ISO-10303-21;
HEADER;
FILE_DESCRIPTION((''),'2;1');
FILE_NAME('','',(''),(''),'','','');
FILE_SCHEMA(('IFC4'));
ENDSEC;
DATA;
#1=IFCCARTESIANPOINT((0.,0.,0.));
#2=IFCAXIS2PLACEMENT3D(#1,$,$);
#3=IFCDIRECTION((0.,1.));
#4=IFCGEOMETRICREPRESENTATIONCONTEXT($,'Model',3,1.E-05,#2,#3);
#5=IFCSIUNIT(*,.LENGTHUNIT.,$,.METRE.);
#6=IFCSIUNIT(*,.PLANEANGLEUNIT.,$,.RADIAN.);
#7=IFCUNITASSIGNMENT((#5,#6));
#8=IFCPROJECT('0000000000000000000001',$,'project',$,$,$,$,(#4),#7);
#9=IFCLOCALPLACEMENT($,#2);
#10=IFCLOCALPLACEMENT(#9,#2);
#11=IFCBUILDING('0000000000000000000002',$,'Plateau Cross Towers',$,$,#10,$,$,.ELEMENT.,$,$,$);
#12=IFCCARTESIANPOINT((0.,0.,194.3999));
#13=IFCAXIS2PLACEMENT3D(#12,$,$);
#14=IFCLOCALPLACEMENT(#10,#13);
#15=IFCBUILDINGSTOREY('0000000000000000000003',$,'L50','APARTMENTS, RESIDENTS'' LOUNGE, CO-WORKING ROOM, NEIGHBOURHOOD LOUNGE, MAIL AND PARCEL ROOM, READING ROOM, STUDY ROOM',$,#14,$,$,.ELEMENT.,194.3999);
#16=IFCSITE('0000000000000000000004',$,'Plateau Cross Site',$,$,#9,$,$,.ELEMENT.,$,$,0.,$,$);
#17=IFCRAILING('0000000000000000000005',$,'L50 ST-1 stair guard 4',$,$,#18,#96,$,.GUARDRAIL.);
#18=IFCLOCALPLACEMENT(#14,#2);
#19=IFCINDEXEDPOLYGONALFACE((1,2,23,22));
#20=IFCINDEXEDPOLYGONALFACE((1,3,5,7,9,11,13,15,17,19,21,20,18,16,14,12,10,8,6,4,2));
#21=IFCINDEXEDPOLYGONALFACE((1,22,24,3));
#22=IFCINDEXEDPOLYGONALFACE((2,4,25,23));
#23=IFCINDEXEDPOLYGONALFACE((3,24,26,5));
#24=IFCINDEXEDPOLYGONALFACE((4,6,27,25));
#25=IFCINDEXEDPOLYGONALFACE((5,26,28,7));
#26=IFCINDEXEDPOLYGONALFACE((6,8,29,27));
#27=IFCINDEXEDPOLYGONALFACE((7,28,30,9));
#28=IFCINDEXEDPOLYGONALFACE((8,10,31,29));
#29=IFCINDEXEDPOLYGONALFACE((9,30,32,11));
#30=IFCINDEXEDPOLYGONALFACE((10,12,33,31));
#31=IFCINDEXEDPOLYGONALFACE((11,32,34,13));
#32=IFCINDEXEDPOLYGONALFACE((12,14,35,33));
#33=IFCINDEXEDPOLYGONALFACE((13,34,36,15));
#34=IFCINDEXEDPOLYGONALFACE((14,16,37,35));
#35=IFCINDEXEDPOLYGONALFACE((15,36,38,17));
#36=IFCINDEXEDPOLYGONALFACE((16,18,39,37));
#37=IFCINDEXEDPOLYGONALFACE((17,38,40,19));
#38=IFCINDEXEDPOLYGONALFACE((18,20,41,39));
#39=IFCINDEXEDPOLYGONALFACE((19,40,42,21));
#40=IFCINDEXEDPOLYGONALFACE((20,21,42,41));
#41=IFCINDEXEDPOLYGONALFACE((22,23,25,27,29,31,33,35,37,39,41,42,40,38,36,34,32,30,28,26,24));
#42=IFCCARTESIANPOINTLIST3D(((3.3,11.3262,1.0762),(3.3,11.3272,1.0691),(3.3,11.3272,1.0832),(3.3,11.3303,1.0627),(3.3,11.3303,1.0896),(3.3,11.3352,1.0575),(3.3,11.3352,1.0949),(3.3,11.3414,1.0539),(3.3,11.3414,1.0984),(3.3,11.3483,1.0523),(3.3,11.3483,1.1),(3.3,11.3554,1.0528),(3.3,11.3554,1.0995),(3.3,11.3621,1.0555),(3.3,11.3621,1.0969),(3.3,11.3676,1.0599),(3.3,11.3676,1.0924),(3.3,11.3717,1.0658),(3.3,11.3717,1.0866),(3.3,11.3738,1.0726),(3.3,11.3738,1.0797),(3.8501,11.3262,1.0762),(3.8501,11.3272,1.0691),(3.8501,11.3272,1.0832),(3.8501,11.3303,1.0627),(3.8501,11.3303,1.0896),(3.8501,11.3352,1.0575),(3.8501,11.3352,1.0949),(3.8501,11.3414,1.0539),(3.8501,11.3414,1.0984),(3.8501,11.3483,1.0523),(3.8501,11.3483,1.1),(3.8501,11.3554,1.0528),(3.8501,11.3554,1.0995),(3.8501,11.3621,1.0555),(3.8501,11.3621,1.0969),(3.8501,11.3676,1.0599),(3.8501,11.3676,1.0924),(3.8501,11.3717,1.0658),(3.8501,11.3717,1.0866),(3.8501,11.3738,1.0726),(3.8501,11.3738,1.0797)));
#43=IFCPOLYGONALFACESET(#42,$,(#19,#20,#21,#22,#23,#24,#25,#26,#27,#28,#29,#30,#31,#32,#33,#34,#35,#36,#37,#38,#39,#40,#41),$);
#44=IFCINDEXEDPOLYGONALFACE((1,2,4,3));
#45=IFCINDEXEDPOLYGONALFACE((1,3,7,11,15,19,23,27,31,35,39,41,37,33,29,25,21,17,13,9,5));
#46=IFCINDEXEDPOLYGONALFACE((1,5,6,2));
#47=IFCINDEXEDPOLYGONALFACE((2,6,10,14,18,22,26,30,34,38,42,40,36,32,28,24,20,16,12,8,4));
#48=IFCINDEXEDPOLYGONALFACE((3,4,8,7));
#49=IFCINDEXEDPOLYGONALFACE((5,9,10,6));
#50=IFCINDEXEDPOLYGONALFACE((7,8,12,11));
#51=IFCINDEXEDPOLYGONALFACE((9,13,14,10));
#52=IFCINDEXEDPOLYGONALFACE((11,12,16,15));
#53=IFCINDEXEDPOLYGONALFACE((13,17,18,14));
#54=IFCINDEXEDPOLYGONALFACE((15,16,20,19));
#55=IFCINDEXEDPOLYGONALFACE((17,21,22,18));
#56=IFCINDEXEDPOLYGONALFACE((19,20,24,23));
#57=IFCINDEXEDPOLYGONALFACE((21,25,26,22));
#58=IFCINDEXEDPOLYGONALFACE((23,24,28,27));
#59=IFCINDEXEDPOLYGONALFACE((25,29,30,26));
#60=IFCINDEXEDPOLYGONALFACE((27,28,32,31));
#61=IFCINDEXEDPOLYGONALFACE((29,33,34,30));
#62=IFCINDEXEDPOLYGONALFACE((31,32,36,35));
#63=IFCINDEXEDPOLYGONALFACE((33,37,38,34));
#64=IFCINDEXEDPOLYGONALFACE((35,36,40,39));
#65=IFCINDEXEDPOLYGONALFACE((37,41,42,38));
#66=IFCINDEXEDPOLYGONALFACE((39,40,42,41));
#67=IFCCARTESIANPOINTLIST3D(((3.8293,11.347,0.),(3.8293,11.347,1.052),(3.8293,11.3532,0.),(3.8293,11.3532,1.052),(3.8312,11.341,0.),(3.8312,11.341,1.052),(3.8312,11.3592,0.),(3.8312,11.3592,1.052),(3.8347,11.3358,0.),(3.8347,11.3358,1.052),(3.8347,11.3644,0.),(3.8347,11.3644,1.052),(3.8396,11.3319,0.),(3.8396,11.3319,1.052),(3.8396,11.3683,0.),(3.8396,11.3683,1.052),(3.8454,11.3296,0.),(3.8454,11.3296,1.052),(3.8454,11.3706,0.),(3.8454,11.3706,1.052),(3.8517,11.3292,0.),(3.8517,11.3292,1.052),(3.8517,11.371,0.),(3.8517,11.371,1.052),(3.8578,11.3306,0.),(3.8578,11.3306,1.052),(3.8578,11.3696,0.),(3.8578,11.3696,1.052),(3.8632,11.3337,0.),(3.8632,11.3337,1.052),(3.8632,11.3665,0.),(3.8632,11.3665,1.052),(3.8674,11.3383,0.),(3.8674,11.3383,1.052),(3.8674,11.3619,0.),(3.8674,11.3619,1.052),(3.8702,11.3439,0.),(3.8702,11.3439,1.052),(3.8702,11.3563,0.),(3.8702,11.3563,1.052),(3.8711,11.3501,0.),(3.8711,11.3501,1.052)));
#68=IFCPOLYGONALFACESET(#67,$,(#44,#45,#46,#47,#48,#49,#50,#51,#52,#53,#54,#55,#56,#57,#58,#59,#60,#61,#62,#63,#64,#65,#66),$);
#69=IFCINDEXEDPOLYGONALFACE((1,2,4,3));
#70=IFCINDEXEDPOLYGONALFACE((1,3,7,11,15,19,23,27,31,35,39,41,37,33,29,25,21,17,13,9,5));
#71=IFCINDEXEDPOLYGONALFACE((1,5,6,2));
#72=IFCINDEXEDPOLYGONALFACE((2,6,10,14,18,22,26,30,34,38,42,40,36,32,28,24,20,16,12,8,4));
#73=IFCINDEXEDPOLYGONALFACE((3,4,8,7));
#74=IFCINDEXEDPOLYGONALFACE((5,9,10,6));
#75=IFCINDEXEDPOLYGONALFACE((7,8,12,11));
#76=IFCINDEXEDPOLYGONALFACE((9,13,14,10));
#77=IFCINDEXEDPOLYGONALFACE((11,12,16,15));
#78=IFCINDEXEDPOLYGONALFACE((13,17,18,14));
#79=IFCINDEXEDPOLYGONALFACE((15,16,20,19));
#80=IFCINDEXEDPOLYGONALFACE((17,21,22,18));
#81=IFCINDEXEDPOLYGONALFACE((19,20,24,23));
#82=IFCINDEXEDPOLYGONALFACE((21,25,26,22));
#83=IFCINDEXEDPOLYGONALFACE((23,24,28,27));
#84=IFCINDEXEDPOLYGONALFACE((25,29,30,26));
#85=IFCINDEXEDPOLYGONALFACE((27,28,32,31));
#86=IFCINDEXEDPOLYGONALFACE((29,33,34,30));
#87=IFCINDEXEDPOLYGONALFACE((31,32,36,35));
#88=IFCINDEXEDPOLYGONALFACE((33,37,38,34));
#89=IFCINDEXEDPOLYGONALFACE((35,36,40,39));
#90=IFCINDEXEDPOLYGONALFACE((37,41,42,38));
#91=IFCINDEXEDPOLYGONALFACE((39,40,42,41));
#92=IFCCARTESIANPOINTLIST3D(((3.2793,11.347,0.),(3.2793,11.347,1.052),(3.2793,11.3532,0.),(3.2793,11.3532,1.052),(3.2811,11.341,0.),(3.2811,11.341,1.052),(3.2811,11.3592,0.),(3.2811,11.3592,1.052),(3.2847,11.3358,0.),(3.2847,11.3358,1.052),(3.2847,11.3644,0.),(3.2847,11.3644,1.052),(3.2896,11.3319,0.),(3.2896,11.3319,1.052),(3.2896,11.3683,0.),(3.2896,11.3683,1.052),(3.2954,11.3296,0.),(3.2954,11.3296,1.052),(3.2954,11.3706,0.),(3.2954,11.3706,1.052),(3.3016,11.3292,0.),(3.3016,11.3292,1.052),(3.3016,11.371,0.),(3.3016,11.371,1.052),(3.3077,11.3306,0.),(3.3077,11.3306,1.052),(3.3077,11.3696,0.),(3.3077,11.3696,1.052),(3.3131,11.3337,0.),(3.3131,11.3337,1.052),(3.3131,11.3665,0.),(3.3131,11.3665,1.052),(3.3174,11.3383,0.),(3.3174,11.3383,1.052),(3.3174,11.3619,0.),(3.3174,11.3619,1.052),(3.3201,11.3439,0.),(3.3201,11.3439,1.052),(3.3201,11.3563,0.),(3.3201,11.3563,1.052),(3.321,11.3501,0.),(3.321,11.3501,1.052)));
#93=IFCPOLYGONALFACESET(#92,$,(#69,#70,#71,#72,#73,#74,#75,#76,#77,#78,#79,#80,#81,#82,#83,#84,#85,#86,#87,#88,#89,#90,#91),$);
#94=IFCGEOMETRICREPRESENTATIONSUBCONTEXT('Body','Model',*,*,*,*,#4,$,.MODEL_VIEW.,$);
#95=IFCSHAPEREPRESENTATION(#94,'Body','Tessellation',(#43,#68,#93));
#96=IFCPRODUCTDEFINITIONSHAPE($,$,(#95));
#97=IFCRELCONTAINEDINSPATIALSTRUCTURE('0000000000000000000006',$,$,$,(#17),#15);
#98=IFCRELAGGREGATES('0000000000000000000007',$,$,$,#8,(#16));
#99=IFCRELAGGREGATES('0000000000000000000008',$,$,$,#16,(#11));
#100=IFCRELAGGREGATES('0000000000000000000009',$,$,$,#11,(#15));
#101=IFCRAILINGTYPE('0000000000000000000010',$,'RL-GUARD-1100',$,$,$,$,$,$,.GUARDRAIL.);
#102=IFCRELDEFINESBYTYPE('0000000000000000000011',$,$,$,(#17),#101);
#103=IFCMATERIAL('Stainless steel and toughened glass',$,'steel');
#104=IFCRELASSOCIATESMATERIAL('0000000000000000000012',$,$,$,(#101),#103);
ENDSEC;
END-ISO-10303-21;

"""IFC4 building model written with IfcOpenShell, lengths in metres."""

from ifc_helpers import new_model, si_unit, direction, frame, origin, origin_2d, place, context, subcontext, project, spatial, circle, extrude, material, type_object, element, save


model = new_model("IFC4")

# Units and contexts
model_context = context("Model", 3, precision=1e-05, world=origin(), true_north=direction((0.0, 1.0)))
body_context = subcontext(model_context, "Body", "Model", "MODEL_VIEW")
ifc_project = project(units=[si_unit("LENGTHUNIT", "METRE"), si_unit("PLANEANGLEUNIT", "RADIAN")], contexts=[model_context])

# Site, building, storey
site_placement = place(None, origin())
site = spatial("IfcSite", under=ifc_project, at=site_placement, Name="Plateau Cross Site", CompositionType="ELEMENT", RefElevation=0.0)
building_placement = place(site_placement, origin())
building = spatial("IfcBuilding", under=site, at=building_placement, Name="Plateau Cross Towers", CompositionType="ELEMENT")
storey_placement = place(building_placement, frame((0.0, 0.0, 194.3999)))
storey = spatial("IfcBuildingStorey", under=building, at=storey_placement, Name="L50", Description="APARTMENTS, RESIDENTS' LOUNGE, CO-WORKING ROOM, NEIGHBOURHOOD LOUNGE, MAIL AND PARCEL ROOM, READING ROOM, STUDY ROOM", CompositionType="ELEMENT", Elevation=194.3999)

# Railing
ifc_material_1 = material(Name="Stainless steel and toughened glass", Category="steel")
railing_type_1 = type_object("IfcRailingType", Name="RL-GUARD-1100", PredefinedType="GUARDRAIL", material=ifc_material_1)
railing_1_placement = place(storey_placement, frame((3.8501, 11.3501, 0.0)))
element("IfcRailing", 1, at=railing_1_placement, inside=storey, type_object=railing_type_1, Name="L50 ST-1 stair guard 4", PredefinedType="GUARDRAIL", context=body_context, shape_type="SweptSolid", body=[
    extrude(circle(Radius=0.0239, at=origin_2d()), frame((0.0, 0.0, 1.0762), z_axis=(-1.0, 0.0, 0.0), x_axis=(0.0, -1.0, 0.0)), (0.0, 0.0, 1.0), 0.55),
    extrude(circle(Radius=0.021, at=origin_2d()), origin(), (0.0, 0.0, 1.0), 1.052),
    extrude(circle(Radius=0.021, at=origin_2d()), frame((-0.55, 0.0, 0.0)), (0.0, 0.0, 1.0), 1.052),
])

save(model, "model.ifc")
